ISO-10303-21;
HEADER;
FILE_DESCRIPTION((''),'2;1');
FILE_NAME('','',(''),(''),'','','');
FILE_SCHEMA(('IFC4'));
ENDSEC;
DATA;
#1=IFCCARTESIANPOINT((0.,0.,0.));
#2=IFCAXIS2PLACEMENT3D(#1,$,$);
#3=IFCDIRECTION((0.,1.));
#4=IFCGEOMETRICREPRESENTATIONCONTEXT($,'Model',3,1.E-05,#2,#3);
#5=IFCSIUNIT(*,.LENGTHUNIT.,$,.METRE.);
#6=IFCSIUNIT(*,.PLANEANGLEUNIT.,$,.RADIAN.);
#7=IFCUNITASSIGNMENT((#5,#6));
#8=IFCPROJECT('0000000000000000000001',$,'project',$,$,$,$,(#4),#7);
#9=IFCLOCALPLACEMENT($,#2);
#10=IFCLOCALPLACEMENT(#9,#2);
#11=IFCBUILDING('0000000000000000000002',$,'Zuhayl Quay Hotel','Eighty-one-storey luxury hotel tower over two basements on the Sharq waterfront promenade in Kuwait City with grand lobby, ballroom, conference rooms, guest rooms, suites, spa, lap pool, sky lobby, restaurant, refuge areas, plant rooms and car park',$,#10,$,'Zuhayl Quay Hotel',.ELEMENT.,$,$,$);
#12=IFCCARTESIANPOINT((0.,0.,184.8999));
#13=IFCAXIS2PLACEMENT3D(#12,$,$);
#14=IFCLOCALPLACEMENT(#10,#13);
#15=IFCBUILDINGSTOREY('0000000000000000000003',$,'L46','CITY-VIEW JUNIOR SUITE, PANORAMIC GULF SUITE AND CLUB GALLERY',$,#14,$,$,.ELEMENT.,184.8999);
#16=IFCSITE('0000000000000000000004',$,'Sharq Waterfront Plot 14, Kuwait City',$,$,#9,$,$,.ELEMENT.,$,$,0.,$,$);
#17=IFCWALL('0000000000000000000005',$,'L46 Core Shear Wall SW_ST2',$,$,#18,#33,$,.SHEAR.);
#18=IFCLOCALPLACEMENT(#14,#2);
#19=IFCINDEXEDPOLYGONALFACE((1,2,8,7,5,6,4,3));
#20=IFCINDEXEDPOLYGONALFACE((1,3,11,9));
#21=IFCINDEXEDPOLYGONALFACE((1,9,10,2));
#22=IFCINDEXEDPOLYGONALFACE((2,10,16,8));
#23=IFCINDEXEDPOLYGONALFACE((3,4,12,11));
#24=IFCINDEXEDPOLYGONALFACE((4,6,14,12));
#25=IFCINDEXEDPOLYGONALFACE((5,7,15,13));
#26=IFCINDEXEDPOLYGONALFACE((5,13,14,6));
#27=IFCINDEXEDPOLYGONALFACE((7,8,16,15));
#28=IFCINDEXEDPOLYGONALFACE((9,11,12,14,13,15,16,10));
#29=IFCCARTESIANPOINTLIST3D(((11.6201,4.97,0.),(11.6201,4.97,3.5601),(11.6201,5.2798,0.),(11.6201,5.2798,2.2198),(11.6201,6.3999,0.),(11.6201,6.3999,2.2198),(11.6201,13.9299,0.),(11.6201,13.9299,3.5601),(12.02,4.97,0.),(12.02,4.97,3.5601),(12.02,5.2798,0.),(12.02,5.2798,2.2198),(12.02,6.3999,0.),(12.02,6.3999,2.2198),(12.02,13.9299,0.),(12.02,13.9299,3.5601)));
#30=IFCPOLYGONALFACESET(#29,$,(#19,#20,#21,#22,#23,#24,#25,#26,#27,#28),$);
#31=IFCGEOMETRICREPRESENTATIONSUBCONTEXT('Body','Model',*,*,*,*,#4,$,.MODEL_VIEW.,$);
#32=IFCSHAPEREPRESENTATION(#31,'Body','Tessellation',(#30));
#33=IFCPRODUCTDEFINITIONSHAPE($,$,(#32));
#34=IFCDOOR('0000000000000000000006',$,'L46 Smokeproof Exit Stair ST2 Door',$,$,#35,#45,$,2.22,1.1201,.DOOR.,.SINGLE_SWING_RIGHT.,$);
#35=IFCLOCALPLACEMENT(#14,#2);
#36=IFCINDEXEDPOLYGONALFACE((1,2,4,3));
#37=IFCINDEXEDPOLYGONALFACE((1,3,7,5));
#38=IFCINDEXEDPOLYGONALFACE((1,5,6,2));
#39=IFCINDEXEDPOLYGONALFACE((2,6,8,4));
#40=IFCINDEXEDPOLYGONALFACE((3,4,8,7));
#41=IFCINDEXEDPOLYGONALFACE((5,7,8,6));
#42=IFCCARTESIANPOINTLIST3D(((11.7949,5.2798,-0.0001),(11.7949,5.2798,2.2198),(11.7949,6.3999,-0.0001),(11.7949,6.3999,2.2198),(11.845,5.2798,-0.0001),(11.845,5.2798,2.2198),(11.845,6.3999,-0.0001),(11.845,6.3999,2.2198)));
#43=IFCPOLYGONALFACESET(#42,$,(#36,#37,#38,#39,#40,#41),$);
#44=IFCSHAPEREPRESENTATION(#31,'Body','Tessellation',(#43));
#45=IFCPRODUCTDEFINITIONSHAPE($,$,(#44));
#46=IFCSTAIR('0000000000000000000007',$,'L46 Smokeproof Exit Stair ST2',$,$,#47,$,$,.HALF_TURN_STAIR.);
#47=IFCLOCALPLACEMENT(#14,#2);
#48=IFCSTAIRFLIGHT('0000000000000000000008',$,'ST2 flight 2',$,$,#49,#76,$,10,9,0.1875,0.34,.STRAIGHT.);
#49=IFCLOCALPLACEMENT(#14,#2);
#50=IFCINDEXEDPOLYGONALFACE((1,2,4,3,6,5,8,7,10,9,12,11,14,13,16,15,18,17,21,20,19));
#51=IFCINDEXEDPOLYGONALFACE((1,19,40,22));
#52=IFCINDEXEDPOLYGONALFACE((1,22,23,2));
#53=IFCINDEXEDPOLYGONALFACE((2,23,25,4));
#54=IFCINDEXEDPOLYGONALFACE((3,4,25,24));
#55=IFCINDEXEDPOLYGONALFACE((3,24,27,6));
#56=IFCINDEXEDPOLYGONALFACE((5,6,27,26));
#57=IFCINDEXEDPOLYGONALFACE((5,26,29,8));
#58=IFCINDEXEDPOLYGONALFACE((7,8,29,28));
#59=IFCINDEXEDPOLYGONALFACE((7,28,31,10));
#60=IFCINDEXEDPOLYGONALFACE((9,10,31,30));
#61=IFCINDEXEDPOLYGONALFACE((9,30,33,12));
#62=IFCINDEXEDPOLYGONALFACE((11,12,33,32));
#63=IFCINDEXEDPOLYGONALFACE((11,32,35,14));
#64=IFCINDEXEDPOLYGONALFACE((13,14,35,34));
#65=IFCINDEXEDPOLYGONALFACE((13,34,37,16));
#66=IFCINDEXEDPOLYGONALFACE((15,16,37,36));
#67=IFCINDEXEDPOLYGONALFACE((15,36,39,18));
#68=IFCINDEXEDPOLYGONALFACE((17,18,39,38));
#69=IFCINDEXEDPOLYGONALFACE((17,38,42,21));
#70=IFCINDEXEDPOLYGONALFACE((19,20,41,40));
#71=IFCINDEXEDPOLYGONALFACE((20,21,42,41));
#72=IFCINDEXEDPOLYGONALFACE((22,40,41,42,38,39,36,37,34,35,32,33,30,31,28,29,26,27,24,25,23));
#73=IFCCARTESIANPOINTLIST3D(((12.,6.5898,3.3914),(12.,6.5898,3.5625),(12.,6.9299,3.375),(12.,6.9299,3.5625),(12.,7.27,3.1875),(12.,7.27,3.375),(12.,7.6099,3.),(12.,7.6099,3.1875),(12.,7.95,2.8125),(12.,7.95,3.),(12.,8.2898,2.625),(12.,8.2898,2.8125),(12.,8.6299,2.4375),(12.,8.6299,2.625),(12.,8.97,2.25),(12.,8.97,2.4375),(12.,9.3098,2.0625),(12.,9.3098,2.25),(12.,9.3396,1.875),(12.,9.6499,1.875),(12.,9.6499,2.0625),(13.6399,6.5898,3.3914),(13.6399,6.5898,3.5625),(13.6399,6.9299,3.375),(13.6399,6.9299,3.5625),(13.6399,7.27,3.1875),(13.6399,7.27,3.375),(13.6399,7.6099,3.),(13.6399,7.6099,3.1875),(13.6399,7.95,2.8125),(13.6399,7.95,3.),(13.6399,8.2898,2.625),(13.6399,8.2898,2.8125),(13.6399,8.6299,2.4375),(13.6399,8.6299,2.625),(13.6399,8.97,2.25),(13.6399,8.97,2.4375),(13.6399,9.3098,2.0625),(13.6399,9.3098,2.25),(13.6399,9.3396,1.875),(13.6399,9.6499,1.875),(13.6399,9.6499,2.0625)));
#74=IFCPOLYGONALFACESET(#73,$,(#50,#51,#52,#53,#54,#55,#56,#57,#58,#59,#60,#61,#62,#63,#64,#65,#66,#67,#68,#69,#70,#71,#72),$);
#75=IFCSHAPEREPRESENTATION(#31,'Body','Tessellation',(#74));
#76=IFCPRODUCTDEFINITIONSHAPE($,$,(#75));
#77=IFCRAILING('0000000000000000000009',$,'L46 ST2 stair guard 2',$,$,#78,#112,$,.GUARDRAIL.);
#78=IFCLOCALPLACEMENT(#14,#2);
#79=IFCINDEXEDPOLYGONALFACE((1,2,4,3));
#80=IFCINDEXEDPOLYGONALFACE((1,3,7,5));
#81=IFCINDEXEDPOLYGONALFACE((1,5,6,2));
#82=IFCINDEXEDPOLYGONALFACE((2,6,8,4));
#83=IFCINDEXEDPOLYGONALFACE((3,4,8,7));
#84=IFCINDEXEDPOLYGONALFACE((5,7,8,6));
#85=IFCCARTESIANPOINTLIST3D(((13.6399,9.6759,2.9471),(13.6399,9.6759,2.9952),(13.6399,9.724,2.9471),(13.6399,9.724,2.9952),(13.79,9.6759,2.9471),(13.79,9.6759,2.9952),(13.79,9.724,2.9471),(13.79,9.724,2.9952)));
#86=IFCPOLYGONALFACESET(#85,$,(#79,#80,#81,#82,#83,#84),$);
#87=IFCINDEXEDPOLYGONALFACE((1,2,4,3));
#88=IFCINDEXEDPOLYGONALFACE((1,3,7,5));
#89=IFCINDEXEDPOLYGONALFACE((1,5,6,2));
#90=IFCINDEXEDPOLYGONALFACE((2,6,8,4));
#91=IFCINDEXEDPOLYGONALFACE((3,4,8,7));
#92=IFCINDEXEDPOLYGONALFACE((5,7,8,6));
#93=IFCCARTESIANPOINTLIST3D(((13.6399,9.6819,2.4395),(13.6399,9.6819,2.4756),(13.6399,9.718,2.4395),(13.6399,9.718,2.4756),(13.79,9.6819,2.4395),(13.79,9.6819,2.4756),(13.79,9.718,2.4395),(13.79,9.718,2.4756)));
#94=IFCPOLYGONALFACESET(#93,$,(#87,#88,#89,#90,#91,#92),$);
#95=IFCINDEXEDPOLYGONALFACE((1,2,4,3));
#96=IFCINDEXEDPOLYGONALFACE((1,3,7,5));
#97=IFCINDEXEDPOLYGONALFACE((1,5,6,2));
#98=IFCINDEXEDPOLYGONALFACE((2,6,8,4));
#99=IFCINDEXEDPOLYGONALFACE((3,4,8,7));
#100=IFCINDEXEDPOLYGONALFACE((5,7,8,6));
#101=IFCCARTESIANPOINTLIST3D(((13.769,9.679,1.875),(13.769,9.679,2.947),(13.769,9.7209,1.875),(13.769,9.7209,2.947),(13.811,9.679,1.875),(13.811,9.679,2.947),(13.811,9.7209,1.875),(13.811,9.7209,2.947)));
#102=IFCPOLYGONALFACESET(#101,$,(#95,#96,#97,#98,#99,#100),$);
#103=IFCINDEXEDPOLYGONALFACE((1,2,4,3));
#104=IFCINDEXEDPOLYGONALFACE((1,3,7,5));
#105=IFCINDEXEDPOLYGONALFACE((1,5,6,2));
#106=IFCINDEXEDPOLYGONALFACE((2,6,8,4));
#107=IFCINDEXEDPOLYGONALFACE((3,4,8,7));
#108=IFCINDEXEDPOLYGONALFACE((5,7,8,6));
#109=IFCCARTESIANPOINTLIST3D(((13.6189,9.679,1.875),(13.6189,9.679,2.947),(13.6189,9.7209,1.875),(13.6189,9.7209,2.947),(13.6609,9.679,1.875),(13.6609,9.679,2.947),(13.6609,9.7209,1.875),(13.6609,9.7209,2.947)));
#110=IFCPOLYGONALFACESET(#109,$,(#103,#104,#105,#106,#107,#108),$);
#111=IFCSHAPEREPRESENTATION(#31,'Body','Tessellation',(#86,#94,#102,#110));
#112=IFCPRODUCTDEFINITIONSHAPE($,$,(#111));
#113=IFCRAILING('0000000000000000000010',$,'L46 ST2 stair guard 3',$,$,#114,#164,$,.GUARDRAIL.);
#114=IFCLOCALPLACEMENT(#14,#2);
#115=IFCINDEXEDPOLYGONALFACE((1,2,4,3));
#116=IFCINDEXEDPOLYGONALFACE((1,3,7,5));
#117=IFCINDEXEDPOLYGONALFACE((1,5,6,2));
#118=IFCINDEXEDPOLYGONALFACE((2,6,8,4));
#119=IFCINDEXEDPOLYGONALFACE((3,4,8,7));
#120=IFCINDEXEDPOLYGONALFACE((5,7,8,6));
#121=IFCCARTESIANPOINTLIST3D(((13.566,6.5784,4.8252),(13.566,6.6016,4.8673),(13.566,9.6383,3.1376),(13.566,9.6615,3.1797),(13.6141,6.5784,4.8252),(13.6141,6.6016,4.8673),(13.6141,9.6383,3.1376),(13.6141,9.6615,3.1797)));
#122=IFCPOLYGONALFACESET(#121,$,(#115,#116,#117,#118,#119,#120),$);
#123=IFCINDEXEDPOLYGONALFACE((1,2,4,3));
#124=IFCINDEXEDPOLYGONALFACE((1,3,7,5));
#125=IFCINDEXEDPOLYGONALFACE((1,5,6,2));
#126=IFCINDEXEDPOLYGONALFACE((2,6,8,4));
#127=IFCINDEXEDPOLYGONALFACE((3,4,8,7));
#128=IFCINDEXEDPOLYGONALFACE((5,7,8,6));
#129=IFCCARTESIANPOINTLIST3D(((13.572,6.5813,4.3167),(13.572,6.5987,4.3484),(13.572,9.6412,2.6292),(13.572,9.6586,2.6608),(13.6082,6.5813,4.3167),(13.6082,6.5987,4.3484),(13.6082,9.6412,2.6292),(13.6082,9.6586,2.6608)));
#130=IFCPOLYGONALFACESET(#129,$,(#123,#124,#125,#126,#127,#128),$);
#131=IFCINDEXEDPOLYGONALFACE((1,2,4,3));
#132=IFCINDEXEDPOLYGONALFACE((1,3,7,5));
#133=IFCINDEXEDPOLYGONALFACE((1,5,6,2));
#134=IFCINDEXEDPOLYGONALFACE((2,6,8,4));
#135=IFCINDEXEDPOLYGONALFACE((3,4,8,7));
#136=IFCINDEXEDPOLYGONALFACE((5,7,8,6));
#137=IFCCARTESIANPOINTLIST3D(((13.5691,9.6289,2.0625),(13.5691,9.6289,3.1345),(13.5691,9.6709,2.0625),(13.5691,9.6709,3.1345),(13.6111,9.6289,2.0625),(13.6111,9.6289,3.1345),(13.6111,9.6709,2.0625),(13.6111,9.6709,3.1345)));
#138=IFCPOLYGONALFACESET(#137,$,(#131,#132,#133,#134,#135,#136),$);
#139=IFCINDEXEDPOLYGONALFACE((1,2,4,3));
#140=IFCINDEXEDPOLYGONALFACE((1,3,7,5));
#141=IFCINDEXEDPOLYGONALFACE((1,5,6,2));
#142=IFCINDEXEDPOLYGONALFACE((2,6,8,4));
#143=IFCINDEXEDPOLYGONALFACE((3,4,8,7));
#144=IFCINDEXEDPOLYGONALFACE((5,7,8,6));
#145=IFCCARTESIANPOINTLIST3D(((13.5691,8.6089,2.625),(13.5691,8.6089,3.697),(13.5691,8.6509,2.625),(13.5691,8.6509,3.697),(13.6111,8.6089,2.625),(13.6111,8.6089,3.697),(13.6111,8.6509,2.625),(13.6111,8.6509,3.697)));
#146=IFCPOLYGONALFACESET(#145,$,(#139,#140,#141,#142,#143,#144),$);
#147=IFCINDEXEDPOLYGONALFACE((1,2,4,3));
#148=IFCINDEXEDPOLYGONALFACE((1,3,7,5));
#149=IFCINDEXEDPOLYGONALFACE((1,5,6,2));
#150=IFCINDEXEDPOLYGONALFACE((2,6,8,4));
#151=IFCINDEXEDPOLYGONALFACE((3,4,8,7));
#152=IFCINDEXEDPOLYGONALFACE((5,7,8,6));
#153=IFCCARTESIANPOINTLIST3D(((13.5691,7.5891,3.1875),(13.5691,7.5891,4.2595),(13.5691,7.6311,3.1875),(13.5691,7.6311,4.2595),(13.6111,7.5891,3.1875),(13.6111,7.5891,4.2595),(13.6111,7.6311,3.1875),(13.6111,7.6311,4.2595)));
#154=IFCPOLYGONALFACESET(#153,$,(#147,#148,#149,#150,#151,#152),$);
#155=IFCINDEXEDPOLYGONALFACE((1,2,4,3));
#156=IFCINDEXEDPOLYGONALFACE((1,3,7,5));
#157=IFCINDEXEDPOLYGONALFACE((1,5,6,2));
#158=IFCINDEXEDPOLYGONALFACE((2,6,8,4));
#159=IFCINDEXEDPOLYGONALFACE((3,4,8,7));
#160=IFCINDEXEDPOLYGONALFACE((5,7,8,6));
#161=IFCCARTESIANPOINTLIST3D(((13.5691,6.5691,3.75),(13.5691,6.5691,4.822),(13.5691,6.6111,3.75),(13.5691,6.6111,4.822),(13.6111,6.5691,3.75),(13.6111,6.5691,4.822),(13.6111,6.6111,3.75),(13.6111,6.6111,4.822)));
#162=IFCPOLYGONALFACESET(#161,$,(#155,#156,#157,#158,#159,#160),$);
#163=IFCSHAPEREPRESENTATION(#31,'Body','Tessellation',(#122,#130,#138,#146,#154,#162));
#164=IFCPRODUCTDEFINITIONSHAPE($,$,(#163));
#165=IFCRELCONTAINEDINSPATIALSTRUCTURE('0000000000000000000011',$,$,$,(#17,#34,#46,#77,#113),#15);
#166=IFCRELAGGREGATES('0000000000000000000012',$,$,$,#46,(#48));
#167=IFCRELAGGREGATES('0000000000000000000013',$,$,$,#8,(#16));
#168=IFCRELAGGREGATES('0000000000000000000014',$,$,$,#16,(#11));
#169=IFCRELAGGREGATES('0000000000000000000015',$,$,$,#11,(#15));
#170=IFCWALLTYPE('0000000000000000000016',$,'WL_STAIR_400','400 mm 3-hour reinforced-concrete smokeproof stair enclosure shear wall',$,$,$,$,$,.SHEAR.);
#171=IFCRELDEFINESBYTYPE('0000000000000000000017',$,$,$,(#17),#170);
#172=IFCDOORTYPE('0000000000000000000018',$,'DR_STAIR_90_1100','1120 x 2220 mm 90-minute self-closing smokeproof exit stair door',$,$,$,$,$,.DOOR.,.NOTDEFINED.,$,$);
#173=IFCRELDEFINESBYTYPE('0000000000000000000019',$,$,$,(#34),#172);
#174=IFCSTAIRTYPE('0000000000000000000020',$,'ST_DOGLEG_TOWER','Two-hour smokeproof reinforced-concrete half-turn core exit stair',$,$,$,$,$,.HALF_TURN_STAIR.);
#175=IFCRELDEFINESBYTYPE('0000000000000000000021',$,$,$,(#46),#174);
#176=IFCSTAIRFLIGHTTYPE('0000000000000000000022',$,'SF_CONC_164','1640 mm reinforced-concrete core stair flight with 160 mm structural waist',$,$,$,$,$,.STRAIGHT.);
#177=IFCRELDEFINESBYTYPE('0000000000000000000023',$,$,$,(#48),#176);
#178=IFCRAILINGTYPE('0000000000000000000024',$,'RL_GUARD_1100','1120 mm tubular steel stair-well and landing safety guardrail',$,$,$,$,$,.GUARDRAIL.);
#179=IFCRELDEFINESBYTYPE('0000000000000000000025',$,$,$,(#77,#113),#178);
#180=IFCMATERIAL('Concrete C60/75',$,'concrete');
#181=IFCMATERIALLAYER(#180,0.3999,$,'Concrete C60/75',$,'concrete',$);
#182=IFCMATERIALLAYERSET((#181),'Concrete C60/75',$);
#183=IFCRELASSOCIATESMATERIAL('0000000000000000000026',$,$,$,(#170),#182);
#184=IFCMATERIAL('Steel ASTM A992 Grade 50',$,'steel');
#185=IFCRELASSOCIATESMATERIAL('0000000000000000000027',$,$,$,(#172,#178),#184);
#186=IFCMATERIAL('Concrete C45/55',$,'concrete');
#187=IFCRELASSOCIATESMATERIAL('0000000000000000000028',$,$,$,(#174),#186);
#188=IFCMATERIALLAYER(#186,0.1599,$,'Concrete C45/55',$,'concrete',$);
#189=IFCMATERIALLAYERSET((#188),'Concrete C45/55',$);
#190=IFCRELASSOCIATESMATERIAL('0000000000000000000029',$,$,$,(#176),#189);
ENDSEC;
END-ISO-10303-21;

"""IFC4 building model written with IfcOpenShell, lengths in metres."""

from ifc_helpers import new_model, si_unit, direction, frame, frame_2d, origin, origin_2d, place, context, subcontext, project, spatial, polyline, rectangle, outline, extrude, material, layer, layer_set, type_object, element, fill, aggregate, save


model = new_model("IFC4")

# Units and contexts
model_context = context("Model", 3, precision=1e-05, world=origin(), true_north=direction((0.0, 1.0)))
body_context = subcontext(model_context, "Body", "Model", "MODEL_VIEW")
ifc_project = project(units=[si_unit("LENGTHUNIT", "METRE"), si_unit("PLANEANGLEUNIT", "RADIAN")], contexts=[model_context])

# Site, building, storey
site_placement = place(None, origin())
site = spatial("IfcSite", under=ifc_project, at=site_placement, Name="Sharq Waterfront Plot 14, Kuwait City", CompositionType="ELEMENT", RefElevation=0.0)
building_placement = place(site_placement, origin())
building = spatial("IfcBuilding", under=site, at=building_placement, Name="Zuhayl Quay Hotel", Description="Eighty-one-storey luxury hotel tower over two basements on the Sharq waterfront promenade in Kuwait City with grand lobby, ballroom, conference rooms, guest rooms, suites, spa, lap pool, sky lobby, restaurant, refuge areas, plant rooms and car park", LongName="Zuhayl Quay Hotel", CompositionType="ELEMENT")
storey_placement = place(building_placement, frame((0.0, 0.0, 184.8999)))
storey = spatial("IfcBuildingStorey", under=building, at=storey_placement, Name="L46", Description="CITY-VIEW JUNIOR SUITE, PANORAMIC GULF SUITE AND CLUB GALLERY", CompositionType="ELEMENT", Elevation=184.8999)

# Shared definitions
ifc_material_1 = material(Name="Concrete C60/75", Category="concrete")

# Shared definitions
ifc_material_2 = material(Name="Steel ASTM A992 Grade 50", Category="steel")

# Wall, opening, door
ifc_layer_1 = layer(ifc_material_1, 0.3999, Name="Concrete C60/75", Category="concrete")
ifc_layer_set_1 = layer_set([ifc_layer_1], Name="Concrete C60/75")
wall_type_1 = type_object("IfcWallType", Name="WL_STAIR_400", Description="400 mm 3-hour reinforced-concrete smokeproof stair enclosure shear wall", PredefinedType="SHEAR", material=ifc_layer_set_1)
wall_1_placement = place(storey_placement, frame((11.8201, 13.9299, 0.0), z_axis=(0.0, 0.0, 1.0), x_axis=(0.0, -1.0, 0.0)))
wall_1 = element("IfcWall", 1, at=wall_1_placement, inside=storey, type_object=wall_type_1, Name="L46 Core Shear Wall SW_ST2", PredefinedType="SHEAR", context=body_context, shape_type="SweptSolid", body=[
    extrude(rectangle(XDim=8.96, YDim=0.3999, at=frame_2d((4.48, 0.0))), origin(), (0.0, 0.0, 1.0), 3.5601),
])
opening_1_placement = place(wall_1_placement, frame((7.53, 0.0, 0.0)))
opening_1 = element("IfcOpeningElement", 2, at=opening_1_placement, cuts=wall_1, PredefinedType="OPENING", context=body_context, shape_type="SweptSolid", body=[
    extrude(rectangle(XDim=1.1201, YDim=2.22, at=frame_2d((0.5601, 1.1099))), frame((0.0, 0.21, 0.0), z_axis=(0.0, -1.0, 0.0), x_axis=(1.0, 0.0, 0.0)), (0.0, 0.0, 1.0), 0.4199),
])
door_type_1 = type_object("IfcDoorType", Name="DR_STAIR_90_1100", Description="1120 x 2220 mm 90-minute self-closing smokeproof exit stair door", OperationType="NOTDEFINED", PredefinedType="DOOR", material=ifc_material_2)
door_1_placement = place(opening_1_placement, origin())
door_1 = element("IfcDoor", 3, at=door_1_placement, inside=storey, type_object=door_type_1, Name="L46 Smokeproof Exit Stair ST2 Door", OperationType="SINGLE_SWING_RIGHT", OverallHeight=2.22, OverallWidth=1.1201, PredefinedType="DOOR", context=body_context, shape_type="SweptSolid", body=[
    extrude(rectangle(XDim=1.1201, YDim=2.22, at=frame_2d((0.5601, 1.1099))), frame((0.0, 0.0249, 0.0), z_axis=(0.0, -1.0, 0.0), x_axis=(1.0, 0.0, 0.0)), (0.0, 0.0, 1.0), 0.05),
])
fill(opening_1, door_1)

# Stair, stair flight
ifc_material_3 = material(Name="Concrete C45/55", Category="concrete")
stair_type = type_object("IfcStairType", Name="ST_DOGLEG_TOWER", Description="Two-hour smokeproof reinforced-concrete half-turn core exit stair", PredefinedType="HALF_TURN_STAIR", material=ifc_material_3)
stair_placement = place(storey_placement, origin())
stair = element("IfcStair", 4, at=stair_placement, inside=storey, type_object=stair_type, Name="L46 Smokeproof Exit Stair ST2", PredefinedType="HALF_TURN_STAIR")
ifc_layer_2 = layer(ifc_material_3, 0.1599, Name="Concrete C45/55", Category="concrete")
ifc_layer_set_2 = layer_set([ifc_layer_2], Name="Concrete C45/55")
stair_flight_type = type_object("IfcStairFlightType", Name="SF_CONC_164", Description="1640 mm reinforced-concrete core stair flight with 160 mm structural waist", PredefinedType="STRAIGHT", material=ifc_layer_set_2)
stair_flight_placement = place(storey_placement, frame((12.8201, 9.6499, 1.875), z_axis=(0.0, 0.0, 1.0), x_axis=(0.0, -1.0, 0.0)))
stair_flight = element("IfcStairFlight", 5, at=stair_flight_placement, type_object=stair_flight_type, Name="ST2 flight 2", NumberOfRisers=10, NumberOfTreads=9, PredefinedType="STRAIGHT", RiserHeight=0.1875, TreadLength=0.34, context=body_context, shape_type="SweptSolid", body=[
    extrude(outline(polyline([(0.0, 0.0), (0.0, 0.1875), (0.3401, 0.1875), (0.3401, 0.375), (0.6799, 0.375), (0.6799, 0.5625), (1.02, 0.5625), (1.02, 0.75), (1.3601, 0.75), (1.3601, 0.9375), (1.7, 0.9375), (1.7, 1.125), (2.04, 1.125), (2.04, 1.3125), (2.3799, 1.3125), (2.3799, 1.5), (2.72, 1.5), (2.72, 1.6875), (3.0601, 1.6875), (3.0601, 1.875), (3.0601, 1.5164), (0.3103, 0.0), (0.0, 0.0)])), frame((0.0, 0.8198, 0.0), z_axis=(0.0, -1.0, 0.0), x_axis=(1.0, 0.0, 0.0)), (0.0, 0.0, 1.0), 1.6399),
])
aggregate(stair, [stair_flight])

# Railings
railing_type_1 = type_object("IfcRailingType", Name="RL_GUARD_1100", Description="1120 mm tubular steel stair-well and landing safety guardrail", PredefinedType="GUARDRAIL", material=ifc_material_2)
railing_1_placement = place(storey_placement, frame((13.79, 9.7, 1.875)))
element("IfcRailing", 6, at=railing_1_placement, inside=storey, type_object=railing_type_1, Name="L46 ST2 stair guard 2", PredefinedType="GUARDRAIL", context=body_context, shape_type="SweptSolid", body=[
    extrude(rectangle(XDim=0.0481, YDim=0.0481, at=origin_2d()), frame((0.0, 0.0, 1.0962), z_axis=(-1.0, 0.0, 0.0), x_axis=(0.0, -1.0, 0.0)), (0.0, 0.0, 1.0), 0.1501),
    extrude(rectangle(XDim=0.0361, YDim=0.0361, at=origin_2d()), frame((0.0, 0.0, 0.5825), z_axis=(-1.0, 0.0, 0.0), x_axis=(0.0, -1.0, 0.0)), (0.0, 0.0, 1.0), 0.1501),
    extrude(rectangle(XDim=0.042, YDim=0.042, at=origin_2d()), origin(), (0.0, 0.0, 1.0), 1.072),
    extrude(rectangle(XDim=0.042, YDim=0.042, at=origin_2d()), frame((-0.1501, 0.0, 0.0)), (0.0, 0.0, 1.0), 1.072),
])
railing_2_placement = place(storey_placement, frame((13.5901, 9.6499, 2.0625)))
element("IfcRailing", 7, at=railing_2_placement, inside=storey, type_object=railing_type_1, Name="L46 ST2 stair guard 3", PredefinedType="GUARDRAIL", context=body_context, shape_type="SweptSolid", body=[
    extrude(rectangle(XDim=0.0481, YDim=0.0481, at=origin_2d()), frame((0.0, 0.0, 1.0962), z_axis=(0.0, -0.875659, 0.48293), x_axis=(1.0, 0.0, 0.0)), (0.0, 0.0, 1.0), 3.4944),
    extrude(rectangle(XDim=0.0361, YDim=0.0361, at=origin_2d()), frame((0.0, 0.0, 0.5825), z_axis=(0.0, -0.875659, 0.48293), x_axis=(1.0, 0.0, 0.0)), (0.0, 0.0, 1.0), 3.4944),
    extrude(rectangle(XDim=0.042, YDim=0.042, at=origin_2d()), origin(), (0.0, 0.0, 1.0), 1.072),
    extrude(rectangle(XDim=0.042, YDim=0.042, at=origin_2d()), frame((0.0, -1.02, 0.5625)), (0.0, 0.0, 1.0), 1.072),
    extrude(rectangle(XDim=0.042, YDim=0.042, at=origin_2d()), frame((0.0, -2.0398, 1.125)), (0.0, 0.0, 1.0), 1.072),
    extrude(rectangle(XDim=0.042, YDim=0.042, at=origin_2d()), frame((0.0, -3.0598, 1.6875)), (0.0, 0.0, 1.0), 1.072),
])

save(model, "model.ifc")
